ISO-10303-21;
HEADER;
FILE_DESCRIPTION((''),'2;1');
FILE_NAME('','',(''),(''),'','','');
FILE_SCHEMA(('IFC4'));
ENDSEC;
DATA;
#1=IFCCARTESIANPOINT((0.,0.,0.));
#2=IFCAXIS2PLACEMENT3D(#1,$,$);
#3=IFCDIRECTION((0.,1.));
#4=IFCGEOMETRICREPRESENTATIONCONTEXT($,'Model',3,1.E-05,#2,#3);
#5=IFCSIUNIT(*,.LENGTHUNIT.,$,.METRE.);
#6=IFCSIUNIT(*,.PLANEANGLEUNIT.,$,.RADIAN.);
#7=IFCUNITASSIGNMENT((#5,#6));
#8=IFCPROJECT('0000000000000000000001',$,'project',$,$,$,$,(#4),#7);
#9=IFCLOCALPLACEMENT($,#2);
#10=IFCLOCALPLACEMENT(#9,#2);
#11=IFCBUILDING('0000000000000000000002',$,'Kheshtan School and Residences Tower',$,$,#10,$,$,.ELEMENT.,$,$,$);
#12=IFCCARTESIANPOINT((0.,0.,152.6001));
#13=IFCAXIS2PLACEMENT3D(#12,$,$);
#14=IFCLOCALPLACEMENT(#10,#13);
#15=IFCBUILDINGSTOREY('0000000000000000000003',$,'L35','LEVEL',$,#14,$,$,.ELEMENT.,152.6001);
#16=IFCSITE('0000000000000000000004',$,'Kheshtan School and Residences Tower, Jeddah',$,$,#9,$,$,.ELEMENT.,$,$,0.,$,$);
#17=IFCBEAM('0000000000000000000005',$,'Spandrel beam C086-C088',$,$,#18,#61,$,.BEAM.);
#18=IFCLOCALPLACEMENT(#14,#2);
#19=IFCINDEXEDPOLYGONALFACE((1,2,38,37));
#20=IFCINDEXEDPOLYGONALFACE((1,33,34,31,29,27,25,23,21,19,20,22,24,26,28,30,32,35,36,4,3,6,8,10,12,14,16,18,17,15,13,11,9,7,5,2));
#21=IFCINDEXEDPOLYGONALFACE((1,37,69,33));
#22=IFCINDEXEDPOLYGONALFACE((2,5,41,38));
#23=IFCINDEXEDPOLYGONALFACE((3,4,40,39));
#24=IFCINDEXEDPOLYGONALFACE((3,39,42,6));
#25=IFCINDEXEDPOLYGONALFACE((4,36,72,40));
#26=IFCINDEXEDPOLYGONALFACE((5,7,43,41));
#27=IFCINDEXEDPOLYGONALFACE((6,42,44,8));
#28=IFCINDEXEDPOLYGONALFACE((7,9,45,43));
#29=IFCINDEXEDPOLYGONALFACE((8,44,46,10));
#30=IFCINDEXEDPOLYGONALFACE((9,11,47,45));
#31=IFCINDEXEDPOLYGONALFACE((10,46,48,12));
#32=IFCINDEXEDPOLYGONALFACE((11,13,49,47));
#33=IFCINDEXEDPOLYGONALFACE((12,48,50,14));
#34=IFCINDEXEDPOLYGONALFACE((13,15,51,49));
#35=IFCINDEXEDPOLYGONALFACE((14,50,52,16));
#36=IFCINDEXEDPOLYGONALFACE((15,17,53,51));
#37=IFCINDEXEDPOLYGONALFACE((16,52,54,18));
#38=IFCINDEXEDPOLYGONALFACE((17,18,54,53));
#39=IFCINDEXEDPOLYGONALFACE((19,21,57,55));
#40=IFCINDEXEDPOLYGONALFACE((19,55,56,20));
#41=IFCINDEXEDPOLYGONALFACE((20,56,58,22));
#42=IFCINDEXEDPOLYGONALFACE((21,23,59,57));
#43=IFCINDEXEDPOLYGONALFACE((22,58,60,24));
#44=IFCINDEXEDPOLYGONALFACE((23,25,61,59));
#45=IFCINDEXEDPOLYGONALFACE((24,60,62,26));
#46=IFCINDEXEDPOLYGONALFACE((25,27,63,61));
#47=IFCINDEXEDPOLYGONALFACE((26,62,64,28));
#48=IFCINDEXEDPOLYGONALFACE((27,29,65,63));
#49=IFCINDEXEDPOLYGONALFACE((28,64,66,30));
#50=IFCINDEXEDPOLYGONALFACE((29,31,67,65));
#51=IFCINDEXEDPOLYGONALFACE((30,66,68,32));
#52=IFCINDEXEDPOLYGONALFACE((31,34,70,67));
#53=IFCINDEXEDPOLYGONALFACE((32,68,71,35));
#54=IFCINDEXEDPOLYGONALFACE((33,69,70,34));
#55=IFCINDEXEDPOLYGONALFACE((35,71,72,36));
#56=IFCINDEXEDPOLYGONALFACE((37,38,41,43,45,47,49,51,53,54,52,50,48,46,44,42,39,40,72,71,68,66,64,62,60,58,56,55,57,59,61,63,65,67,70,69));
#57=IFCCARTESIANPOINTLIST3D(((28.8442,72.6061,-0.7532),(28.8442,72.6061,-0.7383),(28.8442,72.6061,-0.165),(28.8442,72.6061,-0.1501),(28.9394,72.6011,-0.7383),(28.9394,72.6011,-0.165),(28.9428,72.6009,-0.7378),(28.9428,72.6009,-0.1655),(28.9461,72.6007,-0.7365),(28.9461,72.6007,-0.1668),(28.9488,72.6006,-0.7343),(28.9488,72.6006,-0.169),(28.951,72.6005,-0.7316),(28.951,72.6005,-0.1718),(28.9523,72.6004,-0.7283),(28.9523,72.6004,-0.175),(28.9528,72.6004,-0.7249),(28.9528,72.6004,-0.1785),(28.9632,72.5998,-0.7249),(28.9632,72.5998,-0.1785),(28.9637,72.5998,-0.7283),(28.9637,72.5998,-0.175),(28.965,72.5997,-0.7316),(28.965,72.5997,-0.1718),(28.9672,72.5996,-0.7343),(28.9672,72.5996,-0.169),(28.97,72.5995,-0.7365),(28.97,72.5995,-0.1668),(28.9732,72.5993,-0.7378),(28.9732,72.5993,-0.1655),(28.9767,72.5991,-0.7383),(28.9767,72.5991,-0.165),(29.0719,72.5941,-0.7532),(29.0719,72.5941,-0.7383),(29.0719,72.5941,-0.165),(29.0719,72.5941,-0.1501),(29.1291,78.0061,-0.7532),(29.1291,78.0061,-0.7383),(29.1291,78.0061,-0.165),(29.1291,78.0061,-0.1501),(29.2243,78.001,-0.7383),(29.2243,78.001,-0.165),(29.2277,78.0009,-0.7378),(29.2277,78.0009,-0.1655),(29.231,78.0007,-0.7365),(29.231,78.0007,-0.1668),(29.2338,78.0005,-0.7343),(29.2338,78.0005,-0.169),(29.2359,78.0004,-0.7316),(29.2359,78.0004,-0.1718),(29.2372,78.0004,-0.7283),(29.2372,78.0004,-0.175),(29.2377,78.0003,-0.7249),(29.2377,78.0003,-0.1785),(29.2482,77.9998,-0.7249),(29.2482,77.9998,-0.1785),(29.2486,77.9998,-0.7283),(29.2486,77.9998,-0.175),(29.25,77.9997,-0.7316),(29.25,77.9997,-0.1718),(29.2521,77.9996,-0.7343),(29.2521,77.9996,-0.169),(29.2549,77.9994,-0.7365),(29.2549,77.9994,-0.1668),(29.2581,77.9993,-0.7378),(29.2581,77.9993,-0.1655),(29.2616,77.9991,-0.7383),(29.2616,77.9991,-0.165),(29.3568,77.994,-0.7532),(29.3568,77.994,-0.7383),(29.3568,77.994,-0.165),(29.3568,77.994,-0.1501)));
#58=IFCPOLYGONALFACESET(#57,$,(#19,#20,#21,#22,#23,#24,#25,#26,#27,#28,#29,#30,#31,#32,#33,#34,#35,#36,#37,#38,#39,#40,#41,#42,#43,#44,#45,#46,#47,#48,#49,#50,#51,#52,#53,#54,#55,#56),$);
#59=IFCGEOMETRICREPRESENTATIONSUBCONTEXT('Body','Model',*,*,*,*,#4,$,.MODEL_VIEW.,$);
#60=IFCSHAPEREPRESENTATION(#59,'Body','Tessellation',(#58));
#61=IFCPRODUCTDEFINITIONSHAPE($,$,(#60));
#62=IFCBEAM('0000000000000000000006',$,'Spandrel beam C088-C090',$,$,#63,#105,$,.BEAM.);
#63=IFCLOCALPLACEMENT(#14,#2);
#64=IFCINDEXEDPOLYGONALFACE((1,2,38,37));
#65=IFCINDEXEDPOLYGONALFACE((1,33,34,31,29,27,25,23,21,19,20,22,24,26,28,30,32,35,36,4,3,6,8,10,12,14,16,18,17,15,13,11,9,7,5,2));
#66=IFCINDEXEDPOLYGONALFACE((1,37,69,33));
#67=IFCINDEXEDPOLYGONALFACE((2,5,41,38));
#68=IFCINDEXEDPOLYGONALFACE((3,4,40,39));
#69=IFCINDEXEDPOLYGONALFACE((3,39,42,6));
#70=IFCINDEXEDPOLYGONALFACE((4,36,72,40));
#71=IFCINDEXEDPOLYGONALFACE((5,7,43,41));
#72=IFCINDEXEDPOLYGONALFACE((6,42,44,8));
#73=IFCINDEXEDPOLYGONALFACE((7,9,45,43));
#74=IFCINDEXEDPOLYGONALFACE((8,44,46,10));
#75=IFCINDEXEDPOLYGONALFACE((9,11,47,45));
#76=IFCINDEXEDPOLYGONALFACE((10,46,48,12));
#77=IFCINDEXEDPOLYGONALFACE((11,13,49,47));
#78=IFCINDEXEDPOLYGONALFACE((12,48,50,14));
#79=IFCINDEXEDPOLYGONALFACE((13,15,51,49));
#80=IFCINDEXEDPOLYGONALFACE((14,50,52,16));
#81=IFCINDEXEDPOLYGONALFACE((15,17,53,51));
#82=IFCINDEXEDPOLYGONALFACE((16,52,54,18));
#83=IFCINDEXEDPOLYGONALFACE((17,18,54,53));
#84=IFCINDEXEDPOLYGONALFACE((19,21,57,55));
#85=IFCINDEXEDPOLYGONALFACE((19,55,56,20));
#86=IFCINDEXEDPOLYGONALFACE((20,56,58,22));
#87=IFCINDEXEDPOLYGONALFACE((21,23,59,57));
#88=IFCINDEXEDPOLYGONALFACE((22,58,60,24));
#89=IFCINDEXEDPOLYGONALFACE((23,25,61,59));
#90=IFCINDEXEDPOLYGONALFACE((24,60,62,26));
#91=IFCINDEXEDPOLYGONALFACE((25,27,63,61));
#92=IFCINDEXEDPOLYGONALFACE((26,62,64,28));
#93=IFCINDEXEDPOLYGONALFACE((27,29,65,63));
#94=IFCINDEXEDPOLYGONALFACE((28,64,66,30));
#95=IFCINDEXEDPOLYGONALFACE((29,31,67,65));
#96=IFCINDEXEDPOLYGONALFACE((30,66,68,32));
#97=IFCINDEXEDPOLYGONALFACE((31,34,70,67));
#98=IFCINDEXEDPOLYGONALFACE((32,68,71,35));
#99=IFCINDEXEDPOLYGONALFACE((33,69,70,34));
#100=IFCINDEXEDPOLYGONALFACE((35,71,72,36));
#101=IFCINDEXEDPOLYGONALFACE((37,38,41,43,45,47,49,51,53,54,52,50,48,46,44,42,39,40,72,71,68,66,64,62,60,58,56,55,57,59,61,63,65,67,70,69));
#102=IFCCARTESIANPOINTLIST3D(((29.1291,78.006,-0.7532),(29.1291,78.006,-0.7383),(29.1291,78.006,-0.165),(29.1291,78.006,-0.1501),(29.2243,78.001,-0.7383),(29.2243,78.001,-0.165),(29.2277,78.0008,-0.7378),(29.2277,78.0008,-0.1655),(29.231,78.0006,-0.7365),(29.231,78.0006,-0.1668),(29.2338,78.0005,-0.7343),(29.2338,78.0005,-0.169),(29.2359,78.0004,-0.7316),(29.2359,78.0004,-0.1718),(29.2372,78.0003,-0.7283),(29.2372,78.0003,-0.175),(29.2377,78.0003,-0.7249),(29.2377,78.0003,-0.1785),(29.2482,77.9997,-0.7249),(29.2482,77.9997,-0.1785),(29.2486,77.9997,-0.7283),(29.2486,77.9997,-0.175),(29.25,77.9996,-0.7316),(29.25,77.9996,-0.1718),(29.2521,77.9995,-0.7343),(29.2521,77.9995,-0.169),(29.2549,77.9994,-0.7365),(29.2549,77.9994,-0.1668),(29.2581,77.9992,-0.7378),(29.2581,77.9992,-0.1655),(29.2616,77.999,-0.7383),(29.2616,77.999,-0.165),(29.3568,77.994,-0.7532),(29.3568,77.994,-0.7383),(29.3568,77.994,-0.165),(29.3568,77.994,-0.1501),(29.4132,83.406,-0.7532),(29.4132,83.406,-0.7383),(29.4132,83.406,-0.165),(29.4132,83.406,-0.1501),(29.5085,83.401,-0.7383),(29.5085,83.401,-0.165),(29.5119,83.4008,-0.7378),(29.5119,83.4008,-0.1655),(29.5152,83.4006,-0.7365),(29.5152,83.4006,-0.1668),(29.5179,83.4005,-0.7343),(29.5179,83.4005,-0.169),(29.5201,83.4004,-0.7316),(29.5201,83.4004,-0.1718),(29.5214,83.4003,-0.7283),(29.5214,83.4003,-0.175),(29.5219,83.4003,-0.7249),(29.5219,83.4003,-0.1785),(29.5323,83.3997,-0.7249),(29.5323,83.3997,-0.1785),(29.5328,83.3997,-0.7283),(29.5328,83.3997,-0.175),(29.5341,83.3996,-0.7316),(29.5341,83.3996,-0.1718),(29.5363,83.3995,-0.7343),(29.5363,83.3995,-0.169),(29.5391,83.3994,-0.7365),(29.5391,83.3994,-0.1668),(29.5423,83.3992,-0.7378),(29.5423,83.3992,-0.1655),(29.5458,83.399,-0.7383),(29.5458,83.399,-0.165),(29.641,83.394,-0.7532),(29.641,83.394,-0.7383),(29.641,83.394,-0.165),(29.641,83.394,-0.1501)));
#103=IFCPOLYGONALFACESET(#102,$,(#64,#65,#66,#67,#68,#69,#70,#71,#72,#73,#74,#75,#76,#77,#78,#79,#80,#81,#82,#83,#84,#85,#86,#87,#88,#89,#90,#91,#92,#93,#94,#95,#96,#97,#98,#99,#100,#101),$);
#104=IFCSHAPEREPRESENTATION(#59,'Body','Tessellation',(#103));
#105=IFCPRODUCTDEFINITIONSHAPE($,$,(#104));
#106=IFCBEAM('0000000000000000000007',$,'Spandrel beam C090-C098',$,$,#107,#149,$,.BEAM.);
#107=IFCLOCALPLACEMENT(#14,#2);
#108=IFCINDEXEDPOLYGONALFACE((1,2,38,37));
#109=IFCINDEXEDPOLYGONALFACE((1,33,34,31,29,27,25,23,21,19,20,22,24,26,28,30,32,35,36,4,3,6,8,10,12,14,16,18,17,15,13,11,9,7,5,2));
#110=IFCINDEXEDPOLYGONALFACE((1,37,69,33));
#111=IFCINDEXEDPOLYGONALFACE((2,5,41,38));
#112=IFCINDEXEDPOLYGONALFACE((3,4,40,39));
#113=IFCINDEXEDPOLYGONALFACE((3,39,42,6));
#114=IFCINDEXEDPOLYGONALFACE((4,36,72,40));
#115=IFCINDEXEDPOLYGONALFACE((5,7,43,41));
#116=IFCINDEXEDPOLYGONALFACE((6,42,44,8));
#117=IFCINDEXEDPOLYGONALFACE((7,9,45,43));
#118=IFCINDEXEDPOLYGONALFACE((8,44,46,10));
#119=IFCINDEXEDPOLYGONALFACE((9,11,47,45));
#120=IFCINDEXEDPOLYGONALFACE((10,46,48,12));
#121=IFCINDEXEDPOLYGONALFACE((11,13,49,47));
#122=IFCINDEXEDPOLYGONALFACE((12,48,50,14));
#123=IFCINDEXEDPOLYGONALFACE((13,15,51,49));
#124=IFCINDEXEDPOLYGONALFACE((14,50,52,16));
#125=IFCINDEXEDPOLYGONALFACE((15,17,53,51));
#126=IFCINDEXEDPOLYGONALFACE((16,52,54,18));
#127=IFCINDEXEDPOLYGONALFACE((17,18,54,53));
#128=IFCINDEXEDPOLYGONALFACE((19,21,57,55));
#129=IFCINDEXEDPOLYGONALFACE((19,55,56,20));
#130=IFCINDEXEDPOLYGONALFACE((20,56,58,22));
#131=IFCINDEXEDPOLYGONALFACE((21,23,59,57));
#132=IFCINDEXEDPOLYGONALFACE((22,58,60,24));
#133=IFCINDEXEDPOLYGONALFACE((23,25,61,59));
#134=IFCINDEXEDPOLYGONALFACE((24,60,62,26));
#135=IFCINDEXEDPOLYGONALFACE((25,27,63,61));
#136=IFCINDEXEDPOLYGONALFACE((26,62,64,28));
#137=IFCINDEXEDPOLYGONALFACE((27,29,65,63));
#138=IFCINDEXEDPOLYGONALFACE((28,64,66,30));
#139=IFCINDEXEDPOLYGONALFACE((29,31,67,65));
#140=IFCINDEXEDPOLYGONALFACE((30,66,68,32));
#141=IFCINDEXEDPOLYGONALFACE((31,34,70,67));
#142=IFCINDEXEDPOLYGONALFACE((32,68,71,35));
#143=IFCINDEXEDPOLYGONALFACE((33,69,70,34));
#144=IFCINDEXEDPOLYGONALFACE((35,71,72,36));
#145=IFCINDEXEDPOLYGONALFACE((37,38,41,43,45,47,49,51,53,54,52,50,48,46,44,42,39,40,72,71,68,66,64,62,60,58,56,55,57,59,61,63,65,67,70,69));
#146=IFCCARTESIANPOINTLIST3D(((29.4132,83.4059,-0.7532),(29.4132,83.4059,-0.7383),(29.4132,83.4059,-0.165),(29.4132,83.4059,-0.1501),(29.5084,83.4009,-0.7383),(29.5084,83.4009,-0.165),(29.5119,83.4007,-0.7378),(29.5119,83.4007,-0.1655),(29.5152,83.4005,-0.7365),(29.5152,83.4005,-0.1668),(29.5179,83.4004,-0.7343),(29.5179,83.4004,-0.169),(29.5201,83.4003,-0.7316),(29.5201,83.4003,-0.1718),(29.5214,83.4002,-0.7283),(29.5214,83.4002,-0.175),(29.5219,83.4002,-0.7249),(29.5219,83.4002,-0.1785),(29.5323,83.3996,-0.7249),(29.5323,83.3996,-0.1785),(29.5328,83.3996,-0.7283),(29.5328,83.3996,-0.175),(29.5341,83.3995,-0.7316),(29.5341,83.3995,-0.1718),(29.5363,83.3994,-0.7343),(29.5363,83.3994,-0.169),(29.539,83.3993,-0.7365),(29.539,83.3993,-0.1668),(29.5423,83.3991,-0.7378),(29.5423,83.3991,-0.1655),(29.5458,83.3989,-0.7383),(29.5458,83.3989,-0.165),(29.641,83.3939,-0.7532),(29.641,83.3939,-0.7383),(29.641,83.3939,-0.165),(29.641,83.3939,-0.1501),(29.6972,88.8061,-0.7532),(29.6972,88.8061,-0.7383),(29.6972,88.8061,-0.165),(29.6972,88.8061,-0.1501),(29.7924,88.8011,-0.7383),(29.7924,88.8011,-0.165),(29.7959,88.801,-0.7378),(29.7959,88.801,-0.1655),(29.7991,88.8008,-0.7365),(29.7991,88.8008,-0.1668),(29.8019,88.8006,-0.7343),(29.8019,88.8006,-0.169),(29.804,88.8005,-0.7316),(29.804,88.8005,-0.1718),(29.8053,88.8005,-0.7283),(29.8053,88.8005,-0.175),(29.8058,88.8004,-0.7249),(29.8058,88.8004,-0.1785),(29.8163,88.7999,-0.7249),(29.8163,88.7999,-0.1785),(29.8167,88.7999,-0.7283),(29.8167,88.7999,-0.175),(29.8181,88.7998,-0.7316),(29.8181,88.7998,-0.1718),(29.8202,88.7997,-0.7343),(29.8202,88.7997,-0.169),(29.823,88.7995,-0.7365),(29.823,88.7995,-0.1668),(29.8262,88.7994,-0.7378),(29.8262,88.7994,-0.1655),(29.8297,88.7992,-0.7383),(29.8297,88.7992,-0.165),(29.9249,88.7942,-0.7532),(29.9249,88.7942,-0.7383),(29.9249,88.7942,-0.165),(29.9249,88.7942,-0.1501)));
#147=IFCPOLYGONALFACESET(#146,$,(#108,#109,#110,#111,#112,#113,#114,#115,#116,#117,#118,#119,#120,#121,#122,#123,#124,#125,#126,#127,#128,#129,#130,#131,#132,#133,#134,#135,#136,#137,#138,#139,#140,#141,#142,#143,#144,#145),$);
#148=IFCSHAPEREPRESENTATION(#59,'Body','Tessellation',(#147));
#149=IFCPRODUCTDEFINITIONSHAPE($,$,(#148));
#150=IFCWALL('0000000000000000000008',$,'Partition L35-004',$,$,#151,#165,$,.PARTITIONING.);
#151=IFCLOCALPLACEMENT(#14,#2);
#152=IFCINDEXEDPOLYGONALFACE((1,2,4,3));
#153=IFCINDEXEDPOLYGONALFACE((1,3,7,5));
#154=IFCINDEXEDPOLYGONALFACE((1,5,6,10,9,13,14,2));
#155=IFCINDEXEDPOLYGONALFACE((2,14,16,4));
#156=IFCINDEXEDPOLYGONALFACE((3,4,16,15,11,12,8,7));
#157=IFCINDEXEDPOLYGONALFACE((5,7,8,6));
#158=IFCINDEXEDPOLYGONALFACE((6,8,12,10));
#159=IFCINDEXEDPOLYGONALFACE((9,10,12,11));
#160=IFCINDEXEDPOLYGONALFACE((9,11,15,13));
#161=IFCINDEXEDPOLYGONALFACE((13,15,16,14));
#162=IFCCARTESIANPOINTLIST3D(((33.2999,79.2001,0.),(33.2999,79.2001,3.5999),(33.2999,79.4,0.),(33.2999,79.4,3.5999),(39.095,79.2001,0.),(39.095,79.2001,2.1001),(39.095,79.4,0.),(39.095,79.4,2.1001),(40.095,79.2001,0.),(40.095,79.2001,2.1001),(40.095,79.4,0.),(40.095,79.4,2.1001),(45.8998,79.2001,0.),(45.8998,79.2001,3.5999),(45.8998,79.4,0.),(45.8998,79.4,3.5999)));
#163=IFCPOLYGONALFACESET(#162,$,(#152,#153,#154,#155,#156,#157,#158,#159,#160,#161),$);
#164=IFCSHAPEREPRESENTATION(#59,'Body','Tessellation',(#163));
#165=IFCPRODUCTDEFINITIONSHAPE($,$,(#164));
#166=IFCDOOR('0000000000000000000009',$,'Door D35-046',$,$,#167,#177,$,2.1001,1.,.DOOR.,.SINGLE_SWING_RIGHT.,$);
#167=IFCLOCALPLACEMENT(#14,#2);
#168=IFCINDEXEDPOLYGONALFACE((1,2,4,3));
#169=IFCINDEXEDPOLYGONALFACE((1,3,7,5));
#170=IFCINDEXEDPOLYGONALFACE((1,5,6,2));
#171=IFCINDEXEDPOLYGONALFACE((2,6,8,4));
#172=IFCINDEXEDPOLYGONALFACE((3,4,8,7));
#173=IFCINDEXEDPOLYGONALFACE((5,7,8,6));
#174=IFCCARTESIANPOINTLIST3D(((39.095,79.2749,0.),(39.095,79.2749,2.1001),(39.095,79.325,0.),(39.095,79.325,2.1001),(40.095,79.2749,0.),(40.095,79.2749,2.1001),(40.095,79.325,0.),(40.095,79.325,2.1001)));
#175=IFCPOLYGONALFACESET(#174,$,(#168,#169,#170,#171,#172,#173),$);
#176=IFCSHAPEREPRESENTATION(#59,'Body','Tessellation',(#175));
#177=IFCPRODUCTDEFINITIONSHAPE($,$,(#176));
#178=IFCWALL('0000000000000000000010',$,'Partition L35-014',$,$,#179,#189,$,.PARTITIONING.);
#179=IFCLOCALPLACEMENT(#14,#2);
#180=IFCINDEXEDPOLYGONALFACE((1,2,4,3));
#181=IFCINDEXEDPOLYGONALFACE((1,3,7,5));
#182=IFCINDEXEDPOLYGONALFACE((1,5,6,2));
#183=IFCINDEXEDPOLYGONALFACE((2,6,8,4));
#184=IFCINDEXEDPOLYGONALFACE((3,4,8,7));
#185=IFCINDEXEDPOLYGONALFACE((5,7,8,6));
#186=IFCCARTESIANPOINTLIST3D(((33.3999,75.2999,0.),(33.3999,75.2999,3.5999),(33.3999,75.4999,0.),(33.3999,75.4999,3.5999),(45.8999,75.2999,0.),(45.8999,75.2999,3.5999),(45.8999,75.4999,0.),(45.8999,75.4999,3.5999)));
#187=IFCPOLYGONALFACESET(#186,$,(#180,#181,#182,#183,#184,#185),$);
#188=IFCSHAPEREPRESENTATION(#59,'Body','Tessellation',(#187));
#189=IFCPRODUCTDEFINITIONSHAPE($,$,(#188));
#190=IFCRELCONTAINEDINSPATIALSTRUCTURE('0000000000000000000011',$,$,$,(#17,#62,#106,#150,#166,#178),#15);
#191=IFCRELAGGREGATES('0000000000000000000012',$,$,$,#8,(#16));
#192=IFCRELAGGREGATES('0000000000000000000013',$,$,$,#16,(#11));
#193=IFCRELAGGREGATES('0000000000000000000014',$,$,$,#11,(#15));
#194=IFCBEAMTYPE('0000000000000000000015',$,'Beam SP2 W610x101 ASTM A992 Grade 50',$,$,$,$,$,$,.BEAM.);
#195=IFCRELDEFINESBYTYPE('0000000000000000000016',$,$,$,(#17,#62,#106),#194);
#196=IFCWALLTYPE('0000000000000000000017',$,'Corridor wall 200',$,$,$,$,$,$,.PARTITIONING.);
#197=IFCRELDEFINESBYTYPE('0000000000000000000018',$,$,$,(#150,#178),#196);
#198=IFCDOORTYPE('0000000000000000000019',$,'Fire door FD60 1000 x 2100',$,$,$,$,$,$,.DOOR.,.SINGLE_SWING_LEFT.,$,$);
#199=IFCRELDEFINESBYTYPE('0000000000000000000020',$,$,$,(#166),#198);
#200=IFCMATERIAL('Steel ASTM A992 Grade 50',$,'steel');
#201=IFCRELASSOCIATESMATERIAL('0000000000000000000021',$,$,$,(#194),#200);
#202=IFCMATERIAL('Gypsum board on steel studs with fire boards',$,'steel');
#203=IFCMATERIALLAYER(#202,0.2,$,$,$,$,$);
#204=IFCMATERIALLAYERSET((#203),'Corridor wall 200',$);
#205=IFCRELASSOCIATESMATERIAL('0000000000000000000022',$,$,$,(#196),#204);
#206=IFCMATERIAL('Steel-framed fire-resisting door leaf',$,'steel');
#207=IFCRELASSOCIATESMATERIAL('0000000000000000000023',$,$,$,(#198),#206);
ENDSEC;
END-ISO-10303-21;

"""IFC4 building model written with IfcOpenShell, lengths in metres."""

from ifc_helpers import new_model, si_unit, direction, frame, frame_2d, origin, origin_2d, place, context, subcontext, project, spatial, rectangle, i_section, extrude, source, transform, mapped, material, layer, layer_set, material_profile, profile_set, type_object, element, fill, save


model = new_model("IFC4")

# Units and contexts
model_context = context("Model", 3, precision=1e-05, world=origin(), true_north=direction((0.0, 1.0)))
body_context = subcontext(model_context, "Body", "Model", "MODEL_VIEW")
ifc_project = project(units=[si_unit("LENGTHUNIT", "METRE"), si_unit("PLANEANGLEUNIT", "RADIAN")], contexts=[model_context])

# Site, building, storey
site_placement = place(None, origin())
site = spatial("IfcSite", under=ifc_project, at=site_placement, Name="Kheshtan School and Residences Tower, Jeddah", CompositionType="ELEMENT", RefElevation=0.0)
building_placement = place(site_placement, origin())
building = spatial("IfcBuilding", under=site, at=building_placement, Name="Kheshtan School and Residences Tower", CompositionType="ELEMENT")
storey_placement = place(building_placement, frame((0.0, 0.0, 152.6001)))
storey = spatial("IfcBuildingStorey", under=building, at=storey_placement, Name="L35", Description="LEVEL", CompositionType="ELEMENT", Elevation=152.6001)

# Shared definitions
ifc_material_1 = material(Name="Steel ASTM A992 Grade 50", Category="steel")

# Beams
ifc_material_profile_1 = material_profile(ifc_material_1, i_section(OverallWidth=0.228, OverallDepth=0.603, WebThickness=0.0105, FlangeThickness=0.0149, FilletRadius=0.0134, at=origin_2d()), Name="W610x101")
ifc_profile_set_1 = profile_set([ifc_material_profile_1], Name="Steel ASTM A992 Grade 50")
beam_type_1 = type_object("IfcBeamType", Name="Beam SP2 W610x101 ASTM A992 Grade 50", PredefinedType="BEAM", material=ifc_profile_set_1)
for number, where, z_axis, x_axis, name in (
    (1, (28.958, 72.6001, -0.4517), (0.052689, 0.998611, 0.0), (-0.998611, 0.052689, 0.0), "Spandrel beam C086-C088"),
    (2, (29.2429, 78.0, -0.4517), (0.052554, 0.998618, 0.0), (-0.998618, 0.052554, 0.0), "Spandrel beam C088-C090"),
):
    element("IfcBeam", number, at=place(storey_placement, frame(where, z_axis=z_axis, x_axis=x_axis)), inside=storey, type_object=beam_type_1, Name=name, PredefinedType="BEAM", context=body_context, shape_type="SweptSolid", body=[
        extrude(i_section(OverallWidth=0.228, OverallDepth=0.603, WebThickness=0.0105, FlangeThickness=0.0149, FilletRadius=0.0134, at=origin_2d()), origin(), (0.0, 0.0, 1.0), 5.4075),
    ])
beam_1_placement = place(storey_placement, frame((29.5271, 83.3999, -0.4517), z_axis=(0.052507, 0.998621, 0.0), x_axis=(-0.998621, 0.052507, 0.0)))
element("IfcBeam", 3, at=beam_1_placement, inside=storey, type_object=beam_type_1, Name="Spandrel beam C090-C098", PredefinedType="BEAM", context=body_context, shape_type="SweptSolid", body=[
    extrude(i_section(OverallWidth=0.228, OverallDepth=0.603, WebThickness=0.0105, FlangeThickness=0.0149, FilletRadius=0.0134, at=origin_2d()), origin(), (0.0, 0.0, 1.0), 5.4077),
])

# Wall, opening, door
ifc_material_2 = material(Name="Gypsum board on steel studs with fire boards", Category="steel")
ifc_layer_1 = layer(ifc_material_2, 0.2)
ifc_layer_set_1 = layer_set([ifc_layer_1], Name="Corridor wall 200")
wall_type_1 = type_object("IfcWallType", Name="Corridor wall 200", PredefinedType="PARTITIONING", material=ifc_layer_set_1)
wall_1_placement = place(storey_placement, frame((33.3, 79.3, 0.0), z_axis=(0.0, 0.0, 1.0), x_axis=(1.0, 0.0, 0.0)))
wall_1 = element("IfcWall", 4, at=wall_1_placement, inside=storey, type_object=wall_type_1, Name="Partition L35-004", PredefinedType="PARTITIONING", context=body_context, shape_type="SweptSolid", body=[
    extrude(rectangle(XDim=12.5999, YDim=0.2, at=frame_2d((6.2998, 0.0))), origin(), (0.0, 0.0, 1.0), 3.5999),
])
opening_1_placement = place(wall_1_placement, frame((5.7949, 0.0, 0.0)))
opening_1 = element("IfcOpeningElement", 5, at=opening_1_placement, cuts=wall_1, PredefinedType="OPENING", context=body_context, shape_type="SweptSolid", body=[
    extrude(rectangle(XDim=1.0, YDim=2.1001, at=frame_2d((0.5, 1.05))), frame((0.0, 0.1099, 0.0), z_axis=(0.0, -1.0, 0.0), x_axis=(1.0, 0.0, 0.0)), (0.0, 0.0, 1.0), 0.22),
])
ifc_material_3 = material(Name="Steel-framed fire-resisting door leaf", Category="steel")
door_type_1 = type_object("IfcDoorType", Name="Fire door FD60 1000 x 2100", OperationType="SINGLE_SWING_LEFT", PredefinedType="DOOR", material=ifc_material_3)
shared_shape_1 = source(origin(), body_context, "Body", "SweptSolid", [
    extrude(rectangle(XDim=1.0, YDim=2.1001, at=frame_2d((0.5, 1.05))), frame((0.0, 0.0249, 0.0), z_axis=(0.0, -1.0, 0.0), x_axis=(1.0, 0.0, 0.0)), (0.0, 0.0, 1.0), 0.05),
])
door_1_placement = place(opening_1_placement, origin())
door_1 = element("IfcDoor", 6, at=door_1_placement, inside=storey, type_object=door_type_1, Name="Door D35-046", OperationType="SINGLE_SWING_RIGHT", OverallHeight=2.1001, OverallWidth=1.0, PredefinedType="DOOR", context=body_context, shape_type="MappedRepresentation", body=[
    mapped(shared_shape_1, transform((0.0, 0.0, 0.0), x_axis=(1.0, 0.0, 0.0), y_axis=(0.0, 1.0, 0.0), z_axis=(0.0, 0.0, 1.0), scale=1.0)),
])
fill(opening_1, door_1)

# Wall
wall_2_placement = place(storey_placement, frame((33.3999, 75.3999, 0.0), z_axis=(0.0, 0.0, 1.0), x_axis=(1.0, 0.0, 0.0)))
element("IfcWall", 7, at=wall_2_placement, inside=storey, type_object=wall_type_1, Name="Partition L35-014", PredefinedType="PARTITIONING", context=body_context, shape_type="SweptSolid", body=[
    extrude(rectangle(XDim=12.5, YDim=0.2, at=frame_2d((6.25, 0.0))), origin(), (0.0, 0.0, 1.0), 3.5999),
])

save(model, "model.ifc")
